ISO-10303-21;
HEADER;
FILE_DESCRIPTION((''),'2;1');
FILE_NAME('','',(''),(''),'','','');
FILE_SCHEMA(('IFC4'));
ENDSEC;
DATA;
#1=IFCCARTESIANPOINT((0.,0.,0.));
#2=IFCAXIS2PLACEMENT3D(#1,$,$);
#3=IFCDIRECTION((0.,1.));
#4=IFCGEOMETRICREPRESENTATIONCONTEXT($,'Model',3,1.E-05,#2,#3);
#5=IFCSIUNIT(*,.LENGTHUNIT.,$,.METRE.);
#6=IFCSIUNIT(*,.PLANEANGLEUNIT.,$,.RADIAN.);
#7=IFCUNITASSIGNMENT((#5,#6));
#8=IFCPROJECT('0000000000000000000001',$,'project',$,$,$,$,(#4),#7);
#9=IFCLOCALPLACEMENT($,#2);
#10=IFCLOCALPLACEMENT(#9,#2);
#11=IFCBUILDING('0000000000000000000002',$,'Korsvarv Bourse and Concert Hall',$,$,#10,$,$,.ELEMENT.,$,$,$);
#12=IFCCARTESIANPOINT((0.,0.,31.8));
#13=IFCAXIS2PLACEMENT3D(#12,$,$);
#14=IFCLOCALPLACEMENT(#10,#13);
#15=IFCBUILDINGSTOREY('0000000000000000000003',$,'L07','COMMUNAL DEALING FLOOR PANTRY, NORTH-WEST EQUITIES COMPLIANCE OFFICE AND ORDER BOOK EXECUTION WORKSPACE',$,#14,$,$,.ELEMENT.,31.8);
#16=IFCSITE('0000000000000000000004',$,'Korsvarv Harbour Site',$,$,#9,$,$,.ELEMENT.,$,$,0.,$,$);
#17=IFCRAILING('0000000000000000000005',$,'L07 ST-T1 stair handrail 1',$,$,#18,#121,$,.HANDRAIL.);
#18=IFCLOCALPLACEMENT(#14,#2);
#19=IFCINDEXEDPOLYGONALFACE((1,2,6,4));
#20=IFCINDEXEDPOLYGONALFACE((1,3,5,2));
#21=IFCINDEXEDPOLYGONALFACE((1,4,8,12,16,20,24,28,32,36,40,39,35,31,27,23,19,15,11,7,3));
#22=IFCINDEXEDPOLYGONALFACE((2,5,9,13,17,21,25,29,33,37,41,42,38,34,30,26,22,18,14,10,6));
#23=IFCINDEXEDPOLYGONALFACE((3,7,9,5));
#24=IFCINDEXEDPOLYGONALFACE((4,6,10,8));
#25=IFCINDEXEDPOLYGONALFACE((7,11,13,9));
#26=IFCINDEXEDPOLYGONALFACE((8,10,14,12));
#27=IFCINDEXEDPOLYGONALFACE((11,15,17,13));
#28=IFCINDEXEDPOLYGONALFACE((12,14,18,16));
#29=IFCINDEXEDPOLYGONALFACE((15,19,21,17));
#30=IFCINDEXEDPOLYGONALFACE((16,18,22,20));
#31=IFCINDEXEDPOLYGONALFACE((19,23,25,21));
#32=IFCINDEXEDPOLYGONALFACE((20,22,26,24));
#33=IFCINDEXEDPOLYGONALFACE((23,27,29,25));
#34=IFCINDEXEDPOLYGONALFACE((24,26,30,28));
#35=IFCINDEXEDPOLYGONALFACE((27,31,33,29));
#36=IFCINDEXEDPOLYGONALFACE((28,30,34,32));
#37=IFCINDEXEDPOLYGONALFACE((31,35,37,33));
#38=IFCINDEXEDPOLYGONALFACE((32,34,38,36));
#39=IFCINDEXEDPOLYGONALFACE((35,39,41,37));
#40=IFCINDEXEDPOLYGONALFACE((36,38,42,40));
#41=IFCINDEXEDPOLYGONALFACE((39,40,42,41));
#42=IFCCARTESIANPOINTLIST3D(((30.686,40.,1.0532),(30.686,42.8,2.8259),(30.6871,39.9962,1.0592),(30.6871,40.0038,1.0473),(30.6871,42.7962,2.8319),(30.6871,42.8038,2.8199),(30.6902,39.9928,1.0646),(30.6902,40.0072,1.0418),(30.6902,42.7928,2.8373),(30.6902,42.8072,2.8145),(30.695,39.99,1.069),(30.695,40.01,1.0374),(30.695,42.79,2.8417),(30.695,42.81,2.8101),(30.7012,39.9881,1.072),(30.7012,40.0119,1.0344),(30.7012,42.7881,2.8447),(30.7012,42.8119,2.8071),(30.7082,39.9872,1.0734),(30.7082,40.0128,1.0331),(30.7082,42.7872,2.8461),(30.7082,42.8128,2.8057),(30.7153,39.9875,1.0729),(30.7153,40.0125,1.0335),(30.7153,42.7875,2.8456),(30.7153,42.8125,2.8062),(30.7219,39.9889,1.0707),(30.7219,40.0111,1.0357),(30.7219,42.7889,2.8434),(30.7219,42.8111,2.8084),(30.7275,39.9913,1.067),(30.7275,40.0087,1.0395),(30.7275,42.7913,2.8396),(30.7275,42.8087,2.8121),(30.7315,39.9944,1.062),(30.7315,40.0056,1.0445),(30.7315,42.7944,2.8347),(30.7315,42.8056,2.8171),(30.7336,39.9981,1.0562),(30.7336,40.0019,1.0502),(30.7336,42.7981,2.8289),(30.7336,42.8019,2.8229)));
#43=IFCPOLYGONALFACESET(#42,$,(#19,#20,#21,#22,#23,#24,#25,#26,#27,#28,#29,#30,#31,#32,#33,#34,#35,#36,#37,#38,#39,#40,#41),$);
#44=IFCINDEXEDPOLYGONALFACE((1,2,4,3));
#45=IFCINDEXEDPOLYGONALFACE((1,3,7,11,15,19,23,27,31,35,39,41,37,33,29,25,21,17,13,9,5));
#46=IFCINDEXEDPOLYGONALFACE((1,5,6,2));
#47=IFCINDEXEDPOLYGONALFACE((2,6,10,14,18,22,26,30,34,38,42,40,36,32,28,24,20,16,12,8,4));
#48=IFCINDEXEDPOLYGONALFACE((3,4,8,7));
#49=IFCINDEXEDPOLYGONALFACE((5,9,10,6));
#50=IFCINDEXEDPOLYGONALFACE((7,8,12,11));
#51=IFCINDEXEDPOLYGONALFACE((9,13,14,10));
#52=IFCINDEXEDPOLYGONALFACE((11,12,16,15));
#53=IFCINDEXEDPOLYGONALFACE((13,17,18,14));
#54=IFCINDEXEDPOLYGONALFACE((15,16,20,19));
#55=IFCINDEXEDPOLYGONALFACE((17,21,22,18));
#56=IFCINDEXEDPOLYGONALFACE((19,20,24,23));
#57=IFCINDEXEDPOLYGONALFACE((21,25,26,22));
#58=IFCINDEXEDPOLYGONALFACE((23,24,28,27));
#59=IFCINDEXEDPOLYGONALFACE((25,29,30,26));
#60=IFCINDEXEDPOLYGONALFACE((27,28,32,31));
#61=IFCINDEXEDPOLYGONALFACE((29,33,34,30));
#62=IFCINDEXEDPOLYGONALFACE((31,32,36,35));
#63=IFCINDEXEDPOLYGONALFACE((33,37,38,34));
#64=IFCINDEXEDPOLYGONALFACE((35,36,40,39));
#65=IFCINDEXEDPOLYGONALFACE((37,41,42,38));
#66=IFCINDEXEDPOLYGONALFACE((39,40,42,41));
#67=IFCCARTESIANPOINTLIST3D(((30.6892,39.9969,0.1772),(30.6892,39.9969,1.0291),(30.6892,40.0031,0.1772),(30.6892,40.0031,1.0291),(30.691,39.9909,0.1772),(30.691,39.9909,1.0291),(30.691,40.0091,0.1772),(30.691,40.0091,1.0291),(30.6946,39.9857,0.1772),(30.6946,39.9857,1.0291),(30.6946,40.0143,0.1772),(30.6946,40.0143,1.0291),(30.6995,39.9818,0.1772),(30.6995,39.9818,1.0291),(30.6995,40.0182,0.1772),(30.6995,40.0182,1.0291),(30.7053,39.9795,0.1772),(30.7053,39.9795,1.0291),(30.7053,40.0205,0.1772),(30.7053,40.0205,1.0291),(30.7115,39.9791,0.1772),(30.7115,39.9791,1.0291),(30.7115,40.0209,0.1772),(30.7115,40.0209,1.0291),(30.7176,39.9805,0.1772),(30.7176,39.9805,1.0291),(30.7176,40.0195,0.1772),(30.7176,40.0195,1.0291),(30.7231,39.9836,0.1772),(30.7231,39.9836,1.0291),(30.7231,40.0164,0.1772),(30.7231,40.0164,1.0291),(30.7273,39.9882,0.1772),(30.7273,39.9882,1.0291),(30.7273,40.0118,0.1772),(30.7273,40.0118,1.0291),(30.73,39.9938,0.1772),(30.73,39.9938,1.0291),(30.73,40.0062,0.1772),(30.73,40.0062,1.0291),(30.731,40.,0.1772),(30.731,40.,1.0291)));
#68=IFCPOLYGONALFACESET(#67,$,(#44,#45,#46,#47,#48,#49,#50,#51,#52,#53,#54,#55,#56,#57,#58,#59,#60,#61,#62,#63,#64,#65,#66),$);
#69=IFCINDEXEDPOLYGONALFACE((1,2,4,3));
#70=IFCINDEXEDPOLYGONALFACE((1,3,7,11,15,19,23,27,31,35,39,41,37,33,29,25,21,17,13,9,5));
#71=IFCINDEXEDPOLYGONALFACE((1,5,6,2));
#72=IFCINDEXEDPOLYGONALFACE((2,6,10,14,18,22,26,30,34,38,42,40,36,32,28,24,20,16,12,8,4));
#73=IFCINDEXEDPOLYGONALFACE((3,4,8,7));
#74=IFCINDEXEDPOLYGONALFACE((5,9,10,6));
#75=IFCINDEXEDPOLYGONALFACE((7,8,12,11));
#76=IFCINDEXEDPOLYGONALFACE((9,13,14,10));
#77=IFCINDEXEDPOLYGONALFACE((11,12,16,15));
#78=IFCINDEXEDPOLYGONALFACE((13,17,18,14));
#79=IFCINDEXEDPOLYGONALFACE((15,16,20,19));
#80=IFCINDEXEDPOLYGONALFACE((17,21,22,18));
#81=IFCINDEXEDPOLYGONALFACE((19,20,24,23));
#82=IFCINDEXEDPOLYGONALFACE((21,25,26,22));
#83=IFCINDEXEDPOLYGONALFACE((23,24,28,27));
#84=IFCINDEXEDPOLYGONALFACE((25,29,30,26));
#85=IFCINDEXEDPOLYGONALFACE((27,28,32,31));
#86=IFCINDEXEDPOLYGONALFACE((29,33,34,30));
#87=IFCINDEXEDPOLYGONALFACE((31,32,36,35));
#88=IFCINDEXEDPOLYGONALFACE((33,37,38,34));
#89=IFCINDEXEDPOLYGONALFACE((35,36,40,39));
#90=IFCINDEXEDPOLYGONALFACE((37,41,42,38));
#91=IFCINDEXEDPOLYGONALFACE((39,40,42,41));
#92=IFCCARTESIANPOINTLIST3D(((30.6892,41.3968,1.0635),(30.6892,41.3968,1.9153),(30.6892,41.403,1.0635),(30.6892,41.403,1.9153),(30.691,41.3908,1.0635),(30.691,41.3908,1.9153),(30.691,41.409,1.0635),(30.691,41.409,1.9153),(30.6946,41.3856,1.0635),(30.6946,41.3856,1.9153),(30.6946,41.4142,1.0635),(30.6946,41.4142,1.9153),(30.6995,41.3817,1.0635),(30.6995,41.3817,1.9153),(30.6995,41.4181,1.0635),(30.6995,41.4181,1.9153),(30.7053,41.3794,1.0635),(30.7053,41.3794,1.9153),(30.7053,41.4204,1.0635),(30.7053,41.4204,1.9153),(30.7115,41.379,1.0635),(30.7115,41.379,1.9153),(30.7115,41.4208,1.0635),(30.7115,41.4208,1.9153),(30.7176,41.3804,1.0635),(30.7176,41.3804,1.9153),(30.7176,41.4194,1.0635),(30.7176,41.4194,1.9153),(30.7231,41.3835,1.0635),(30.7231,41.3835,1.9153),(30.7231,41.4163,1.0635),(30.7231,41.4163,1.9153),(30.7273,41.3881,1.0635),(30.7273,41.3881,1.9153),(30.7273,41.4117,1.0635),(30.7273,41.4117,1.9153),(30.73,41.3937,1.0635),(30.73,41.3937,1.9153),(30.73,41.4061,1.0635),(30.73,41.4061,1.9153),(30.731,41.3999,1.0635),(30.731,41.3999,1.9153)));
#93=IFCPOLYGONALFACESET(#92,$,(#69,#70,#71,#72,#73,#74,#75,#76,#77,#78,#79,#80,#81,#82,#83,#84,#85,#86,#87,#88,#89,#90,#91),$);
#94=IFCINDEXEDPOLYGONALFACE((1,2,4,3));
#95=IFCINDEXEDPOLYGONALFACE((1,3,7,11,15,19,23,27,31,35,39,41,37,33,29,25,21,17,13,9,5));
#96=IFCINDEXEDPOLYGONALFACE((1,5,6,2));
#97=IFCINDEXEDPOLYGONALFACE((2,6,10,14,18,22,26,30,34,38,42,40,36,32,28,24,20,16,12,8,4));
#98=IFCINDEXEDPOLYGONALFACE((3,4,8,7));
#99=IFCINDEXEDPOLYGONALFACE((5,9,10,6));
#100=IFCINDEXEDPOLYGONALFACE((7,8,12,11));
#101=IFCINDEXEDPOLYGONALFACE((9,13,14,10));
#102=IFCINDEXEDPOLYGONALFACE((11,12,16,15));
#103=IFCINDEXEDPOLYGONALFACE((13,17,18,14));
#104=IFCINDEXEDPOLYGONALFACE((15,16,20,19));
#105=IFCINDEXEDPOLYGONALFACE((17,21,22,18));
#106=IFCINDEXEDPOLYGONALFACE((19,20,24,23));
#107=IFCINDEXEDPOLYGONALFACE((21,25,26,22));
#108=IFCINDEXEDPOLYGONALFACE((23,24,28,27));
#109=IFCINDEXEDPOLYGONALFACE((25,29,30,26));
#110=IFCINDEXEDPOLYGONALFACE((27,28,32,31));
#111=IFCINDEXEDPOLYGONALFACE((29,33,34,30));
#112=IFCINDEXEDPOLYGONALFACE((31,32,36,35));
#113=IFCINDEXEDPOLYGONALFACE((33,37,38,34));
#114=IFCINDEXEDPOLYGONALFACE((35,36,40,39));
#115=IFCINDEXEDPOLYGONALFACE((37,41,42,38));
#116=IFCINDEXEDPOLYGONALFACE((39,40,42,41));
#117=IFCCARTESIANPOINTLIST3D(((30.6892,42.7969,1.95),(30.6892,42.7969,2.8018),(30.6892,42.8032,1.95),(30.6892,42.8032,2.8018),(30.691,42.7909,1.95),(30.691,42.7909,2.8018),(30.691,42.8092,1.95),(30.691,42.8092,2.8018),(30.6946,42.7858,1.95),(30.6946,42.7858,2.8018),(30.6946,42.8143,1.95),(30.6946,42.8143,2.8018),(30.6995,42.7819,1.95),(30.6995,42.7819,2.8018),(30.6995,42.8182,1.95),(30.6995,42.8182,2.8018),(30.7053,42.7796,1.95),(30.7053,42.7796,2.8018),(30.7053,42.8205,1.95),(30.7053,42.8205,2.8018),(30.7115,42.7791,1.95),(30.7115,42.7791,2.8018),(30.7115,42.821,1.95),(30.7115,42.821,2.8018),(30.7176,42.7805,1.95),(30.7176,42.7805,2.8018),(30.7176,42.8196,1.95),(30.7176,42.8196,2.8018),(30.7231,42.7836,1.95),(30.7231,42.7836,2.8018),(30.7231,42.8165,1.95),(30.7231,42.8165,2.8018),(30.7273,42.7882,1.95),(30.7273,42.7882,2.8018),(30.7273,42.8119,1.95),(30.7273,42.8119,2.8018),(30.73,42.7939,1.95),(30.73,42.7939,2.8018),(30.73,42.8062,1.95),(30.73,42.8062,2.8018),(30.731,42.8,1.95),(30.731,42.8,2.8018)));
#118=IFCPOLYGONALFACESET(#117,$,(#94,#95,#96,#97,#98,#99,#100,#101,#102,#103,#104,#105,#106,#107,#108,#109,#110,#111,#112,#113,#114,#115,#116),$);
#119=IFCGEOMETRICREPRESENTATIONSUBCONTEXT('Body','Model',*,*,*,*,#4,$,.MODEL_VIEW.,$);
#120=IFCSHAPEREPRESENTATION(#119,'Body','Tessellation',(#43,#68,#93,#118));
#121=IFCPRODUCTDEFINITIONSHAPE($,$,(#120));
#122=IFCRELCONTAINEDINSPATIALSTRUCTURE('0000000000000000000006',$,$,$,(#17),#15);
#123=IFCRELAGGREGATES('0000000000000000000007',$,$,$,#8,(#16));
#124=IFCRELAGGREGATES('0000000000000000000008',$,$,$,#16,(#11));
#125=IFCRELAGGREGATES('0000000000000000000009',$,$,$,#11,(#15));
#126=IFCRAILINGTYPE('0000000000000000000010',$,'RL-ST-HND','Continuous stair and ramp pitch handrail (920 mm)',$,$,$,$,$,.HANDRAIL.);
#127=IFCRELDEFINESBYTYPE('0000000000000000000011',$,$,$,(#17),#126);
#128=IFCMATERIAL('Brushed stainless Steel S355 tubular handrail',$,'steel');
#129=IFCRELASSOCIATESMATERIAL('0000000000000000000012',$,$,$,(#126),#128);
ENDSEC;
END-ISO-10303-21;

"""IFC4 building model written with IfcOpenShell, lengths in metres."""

from ifc_helpers import new_model, si_unit, direction, frame, origin, origin_2d, place, context, subcontext, project, spatial, circle, extrude, material, type_object, element, save


model = new_model("IFC4")

# Units and contexts
model_context = context("Model", 3, precision=1e-05, world=origin(), true_north=direction((0.0, 1.0)))
body_context = subcontext(model_context, "Body", "Model", "MODEL_VIEW")
ifc_project = project(units=[si_unit("LENGTHUNIT", "METRE"), si_unit("PLANEANGLEUNIT", "RADIAN")], contexts=[model_context])

# Site, building, storey
site_placement = place(None, origin())
site = spatial("IfcSite", under=ifc_project, at=site_placement, Name="Korsvarv Harbour Site", CompositionType="ELEMENT", RefElevation=0.0)
building_placement = place(site_placement, origin())
building = spatial("IfcBuilding", under=site, at=building_placement, Name="Korsvarv Bourse and Concert Hall", CompositionType="ELEMENT")
storey_placement = place(building_placement, frame((0.0, 0.0, 31.8)))
storey = spatial("IfcBuildingStorey", under=building, at=storey_placement, Name="L07", Description="COMMUNAL DEALING FLOOR PANTRY, NORTH-WEST EQUITIES COMPLIANCE OFFICE AND ORDER BOOK EXECUTION WORKSPACE", CompositionType="ELEMENT", Elevation=31.8)

# Railing
ifc_material_1 = material(Name="Brushed stainless Steel S355 tubular handrail", Category="steel")
railing_type_1 = type_object("IfcRailingType", Name="RL-ST-HND", Description="Continuous stair and ramp pitch handrail (920 mm)", PredefinedType="HANDRAIL", material=ifc_material_1)
railing_1_placement = place(storey_placement, frame((30.71, 40.0, 0.1772)))
element("IfcRailing", 1, at=railing_1_placement, inside=storey, type_object=railing_type_1, Name="L07 ST-T1 stair handrail 1", PredefinedType="HANDRAIL", context=body_context, shape_type="SweptSolid", body=[
    extrude(circle(Radius=0.0239, at=origin_2d()), frame((0.0, 0.0, 0.876), z_axis=(0.0, 0.844909, 0.53491), x_axis=(-1.0, 0.0, 0.0)), (0.0, 0.0, 1.0), 3.314),
    extrude(circle(Radius=0.021, at=origin_2d()), origin(), (0.0, 0.0, 1.0), 0.8518),
    extrude(circle(Radius=0.021, at=origin_2d()), frame((0.0, 1.3999, 0.8862)), (0.0, 0.0, 1.0), 0.8518),
    extrude(circle(Radius=0.021, at=origin_2d()), frame((0.0, 2.8, 1.7727)), (0.0, 0.0, 1.0), 0.8518),
])

save(model, "model.ifc")
